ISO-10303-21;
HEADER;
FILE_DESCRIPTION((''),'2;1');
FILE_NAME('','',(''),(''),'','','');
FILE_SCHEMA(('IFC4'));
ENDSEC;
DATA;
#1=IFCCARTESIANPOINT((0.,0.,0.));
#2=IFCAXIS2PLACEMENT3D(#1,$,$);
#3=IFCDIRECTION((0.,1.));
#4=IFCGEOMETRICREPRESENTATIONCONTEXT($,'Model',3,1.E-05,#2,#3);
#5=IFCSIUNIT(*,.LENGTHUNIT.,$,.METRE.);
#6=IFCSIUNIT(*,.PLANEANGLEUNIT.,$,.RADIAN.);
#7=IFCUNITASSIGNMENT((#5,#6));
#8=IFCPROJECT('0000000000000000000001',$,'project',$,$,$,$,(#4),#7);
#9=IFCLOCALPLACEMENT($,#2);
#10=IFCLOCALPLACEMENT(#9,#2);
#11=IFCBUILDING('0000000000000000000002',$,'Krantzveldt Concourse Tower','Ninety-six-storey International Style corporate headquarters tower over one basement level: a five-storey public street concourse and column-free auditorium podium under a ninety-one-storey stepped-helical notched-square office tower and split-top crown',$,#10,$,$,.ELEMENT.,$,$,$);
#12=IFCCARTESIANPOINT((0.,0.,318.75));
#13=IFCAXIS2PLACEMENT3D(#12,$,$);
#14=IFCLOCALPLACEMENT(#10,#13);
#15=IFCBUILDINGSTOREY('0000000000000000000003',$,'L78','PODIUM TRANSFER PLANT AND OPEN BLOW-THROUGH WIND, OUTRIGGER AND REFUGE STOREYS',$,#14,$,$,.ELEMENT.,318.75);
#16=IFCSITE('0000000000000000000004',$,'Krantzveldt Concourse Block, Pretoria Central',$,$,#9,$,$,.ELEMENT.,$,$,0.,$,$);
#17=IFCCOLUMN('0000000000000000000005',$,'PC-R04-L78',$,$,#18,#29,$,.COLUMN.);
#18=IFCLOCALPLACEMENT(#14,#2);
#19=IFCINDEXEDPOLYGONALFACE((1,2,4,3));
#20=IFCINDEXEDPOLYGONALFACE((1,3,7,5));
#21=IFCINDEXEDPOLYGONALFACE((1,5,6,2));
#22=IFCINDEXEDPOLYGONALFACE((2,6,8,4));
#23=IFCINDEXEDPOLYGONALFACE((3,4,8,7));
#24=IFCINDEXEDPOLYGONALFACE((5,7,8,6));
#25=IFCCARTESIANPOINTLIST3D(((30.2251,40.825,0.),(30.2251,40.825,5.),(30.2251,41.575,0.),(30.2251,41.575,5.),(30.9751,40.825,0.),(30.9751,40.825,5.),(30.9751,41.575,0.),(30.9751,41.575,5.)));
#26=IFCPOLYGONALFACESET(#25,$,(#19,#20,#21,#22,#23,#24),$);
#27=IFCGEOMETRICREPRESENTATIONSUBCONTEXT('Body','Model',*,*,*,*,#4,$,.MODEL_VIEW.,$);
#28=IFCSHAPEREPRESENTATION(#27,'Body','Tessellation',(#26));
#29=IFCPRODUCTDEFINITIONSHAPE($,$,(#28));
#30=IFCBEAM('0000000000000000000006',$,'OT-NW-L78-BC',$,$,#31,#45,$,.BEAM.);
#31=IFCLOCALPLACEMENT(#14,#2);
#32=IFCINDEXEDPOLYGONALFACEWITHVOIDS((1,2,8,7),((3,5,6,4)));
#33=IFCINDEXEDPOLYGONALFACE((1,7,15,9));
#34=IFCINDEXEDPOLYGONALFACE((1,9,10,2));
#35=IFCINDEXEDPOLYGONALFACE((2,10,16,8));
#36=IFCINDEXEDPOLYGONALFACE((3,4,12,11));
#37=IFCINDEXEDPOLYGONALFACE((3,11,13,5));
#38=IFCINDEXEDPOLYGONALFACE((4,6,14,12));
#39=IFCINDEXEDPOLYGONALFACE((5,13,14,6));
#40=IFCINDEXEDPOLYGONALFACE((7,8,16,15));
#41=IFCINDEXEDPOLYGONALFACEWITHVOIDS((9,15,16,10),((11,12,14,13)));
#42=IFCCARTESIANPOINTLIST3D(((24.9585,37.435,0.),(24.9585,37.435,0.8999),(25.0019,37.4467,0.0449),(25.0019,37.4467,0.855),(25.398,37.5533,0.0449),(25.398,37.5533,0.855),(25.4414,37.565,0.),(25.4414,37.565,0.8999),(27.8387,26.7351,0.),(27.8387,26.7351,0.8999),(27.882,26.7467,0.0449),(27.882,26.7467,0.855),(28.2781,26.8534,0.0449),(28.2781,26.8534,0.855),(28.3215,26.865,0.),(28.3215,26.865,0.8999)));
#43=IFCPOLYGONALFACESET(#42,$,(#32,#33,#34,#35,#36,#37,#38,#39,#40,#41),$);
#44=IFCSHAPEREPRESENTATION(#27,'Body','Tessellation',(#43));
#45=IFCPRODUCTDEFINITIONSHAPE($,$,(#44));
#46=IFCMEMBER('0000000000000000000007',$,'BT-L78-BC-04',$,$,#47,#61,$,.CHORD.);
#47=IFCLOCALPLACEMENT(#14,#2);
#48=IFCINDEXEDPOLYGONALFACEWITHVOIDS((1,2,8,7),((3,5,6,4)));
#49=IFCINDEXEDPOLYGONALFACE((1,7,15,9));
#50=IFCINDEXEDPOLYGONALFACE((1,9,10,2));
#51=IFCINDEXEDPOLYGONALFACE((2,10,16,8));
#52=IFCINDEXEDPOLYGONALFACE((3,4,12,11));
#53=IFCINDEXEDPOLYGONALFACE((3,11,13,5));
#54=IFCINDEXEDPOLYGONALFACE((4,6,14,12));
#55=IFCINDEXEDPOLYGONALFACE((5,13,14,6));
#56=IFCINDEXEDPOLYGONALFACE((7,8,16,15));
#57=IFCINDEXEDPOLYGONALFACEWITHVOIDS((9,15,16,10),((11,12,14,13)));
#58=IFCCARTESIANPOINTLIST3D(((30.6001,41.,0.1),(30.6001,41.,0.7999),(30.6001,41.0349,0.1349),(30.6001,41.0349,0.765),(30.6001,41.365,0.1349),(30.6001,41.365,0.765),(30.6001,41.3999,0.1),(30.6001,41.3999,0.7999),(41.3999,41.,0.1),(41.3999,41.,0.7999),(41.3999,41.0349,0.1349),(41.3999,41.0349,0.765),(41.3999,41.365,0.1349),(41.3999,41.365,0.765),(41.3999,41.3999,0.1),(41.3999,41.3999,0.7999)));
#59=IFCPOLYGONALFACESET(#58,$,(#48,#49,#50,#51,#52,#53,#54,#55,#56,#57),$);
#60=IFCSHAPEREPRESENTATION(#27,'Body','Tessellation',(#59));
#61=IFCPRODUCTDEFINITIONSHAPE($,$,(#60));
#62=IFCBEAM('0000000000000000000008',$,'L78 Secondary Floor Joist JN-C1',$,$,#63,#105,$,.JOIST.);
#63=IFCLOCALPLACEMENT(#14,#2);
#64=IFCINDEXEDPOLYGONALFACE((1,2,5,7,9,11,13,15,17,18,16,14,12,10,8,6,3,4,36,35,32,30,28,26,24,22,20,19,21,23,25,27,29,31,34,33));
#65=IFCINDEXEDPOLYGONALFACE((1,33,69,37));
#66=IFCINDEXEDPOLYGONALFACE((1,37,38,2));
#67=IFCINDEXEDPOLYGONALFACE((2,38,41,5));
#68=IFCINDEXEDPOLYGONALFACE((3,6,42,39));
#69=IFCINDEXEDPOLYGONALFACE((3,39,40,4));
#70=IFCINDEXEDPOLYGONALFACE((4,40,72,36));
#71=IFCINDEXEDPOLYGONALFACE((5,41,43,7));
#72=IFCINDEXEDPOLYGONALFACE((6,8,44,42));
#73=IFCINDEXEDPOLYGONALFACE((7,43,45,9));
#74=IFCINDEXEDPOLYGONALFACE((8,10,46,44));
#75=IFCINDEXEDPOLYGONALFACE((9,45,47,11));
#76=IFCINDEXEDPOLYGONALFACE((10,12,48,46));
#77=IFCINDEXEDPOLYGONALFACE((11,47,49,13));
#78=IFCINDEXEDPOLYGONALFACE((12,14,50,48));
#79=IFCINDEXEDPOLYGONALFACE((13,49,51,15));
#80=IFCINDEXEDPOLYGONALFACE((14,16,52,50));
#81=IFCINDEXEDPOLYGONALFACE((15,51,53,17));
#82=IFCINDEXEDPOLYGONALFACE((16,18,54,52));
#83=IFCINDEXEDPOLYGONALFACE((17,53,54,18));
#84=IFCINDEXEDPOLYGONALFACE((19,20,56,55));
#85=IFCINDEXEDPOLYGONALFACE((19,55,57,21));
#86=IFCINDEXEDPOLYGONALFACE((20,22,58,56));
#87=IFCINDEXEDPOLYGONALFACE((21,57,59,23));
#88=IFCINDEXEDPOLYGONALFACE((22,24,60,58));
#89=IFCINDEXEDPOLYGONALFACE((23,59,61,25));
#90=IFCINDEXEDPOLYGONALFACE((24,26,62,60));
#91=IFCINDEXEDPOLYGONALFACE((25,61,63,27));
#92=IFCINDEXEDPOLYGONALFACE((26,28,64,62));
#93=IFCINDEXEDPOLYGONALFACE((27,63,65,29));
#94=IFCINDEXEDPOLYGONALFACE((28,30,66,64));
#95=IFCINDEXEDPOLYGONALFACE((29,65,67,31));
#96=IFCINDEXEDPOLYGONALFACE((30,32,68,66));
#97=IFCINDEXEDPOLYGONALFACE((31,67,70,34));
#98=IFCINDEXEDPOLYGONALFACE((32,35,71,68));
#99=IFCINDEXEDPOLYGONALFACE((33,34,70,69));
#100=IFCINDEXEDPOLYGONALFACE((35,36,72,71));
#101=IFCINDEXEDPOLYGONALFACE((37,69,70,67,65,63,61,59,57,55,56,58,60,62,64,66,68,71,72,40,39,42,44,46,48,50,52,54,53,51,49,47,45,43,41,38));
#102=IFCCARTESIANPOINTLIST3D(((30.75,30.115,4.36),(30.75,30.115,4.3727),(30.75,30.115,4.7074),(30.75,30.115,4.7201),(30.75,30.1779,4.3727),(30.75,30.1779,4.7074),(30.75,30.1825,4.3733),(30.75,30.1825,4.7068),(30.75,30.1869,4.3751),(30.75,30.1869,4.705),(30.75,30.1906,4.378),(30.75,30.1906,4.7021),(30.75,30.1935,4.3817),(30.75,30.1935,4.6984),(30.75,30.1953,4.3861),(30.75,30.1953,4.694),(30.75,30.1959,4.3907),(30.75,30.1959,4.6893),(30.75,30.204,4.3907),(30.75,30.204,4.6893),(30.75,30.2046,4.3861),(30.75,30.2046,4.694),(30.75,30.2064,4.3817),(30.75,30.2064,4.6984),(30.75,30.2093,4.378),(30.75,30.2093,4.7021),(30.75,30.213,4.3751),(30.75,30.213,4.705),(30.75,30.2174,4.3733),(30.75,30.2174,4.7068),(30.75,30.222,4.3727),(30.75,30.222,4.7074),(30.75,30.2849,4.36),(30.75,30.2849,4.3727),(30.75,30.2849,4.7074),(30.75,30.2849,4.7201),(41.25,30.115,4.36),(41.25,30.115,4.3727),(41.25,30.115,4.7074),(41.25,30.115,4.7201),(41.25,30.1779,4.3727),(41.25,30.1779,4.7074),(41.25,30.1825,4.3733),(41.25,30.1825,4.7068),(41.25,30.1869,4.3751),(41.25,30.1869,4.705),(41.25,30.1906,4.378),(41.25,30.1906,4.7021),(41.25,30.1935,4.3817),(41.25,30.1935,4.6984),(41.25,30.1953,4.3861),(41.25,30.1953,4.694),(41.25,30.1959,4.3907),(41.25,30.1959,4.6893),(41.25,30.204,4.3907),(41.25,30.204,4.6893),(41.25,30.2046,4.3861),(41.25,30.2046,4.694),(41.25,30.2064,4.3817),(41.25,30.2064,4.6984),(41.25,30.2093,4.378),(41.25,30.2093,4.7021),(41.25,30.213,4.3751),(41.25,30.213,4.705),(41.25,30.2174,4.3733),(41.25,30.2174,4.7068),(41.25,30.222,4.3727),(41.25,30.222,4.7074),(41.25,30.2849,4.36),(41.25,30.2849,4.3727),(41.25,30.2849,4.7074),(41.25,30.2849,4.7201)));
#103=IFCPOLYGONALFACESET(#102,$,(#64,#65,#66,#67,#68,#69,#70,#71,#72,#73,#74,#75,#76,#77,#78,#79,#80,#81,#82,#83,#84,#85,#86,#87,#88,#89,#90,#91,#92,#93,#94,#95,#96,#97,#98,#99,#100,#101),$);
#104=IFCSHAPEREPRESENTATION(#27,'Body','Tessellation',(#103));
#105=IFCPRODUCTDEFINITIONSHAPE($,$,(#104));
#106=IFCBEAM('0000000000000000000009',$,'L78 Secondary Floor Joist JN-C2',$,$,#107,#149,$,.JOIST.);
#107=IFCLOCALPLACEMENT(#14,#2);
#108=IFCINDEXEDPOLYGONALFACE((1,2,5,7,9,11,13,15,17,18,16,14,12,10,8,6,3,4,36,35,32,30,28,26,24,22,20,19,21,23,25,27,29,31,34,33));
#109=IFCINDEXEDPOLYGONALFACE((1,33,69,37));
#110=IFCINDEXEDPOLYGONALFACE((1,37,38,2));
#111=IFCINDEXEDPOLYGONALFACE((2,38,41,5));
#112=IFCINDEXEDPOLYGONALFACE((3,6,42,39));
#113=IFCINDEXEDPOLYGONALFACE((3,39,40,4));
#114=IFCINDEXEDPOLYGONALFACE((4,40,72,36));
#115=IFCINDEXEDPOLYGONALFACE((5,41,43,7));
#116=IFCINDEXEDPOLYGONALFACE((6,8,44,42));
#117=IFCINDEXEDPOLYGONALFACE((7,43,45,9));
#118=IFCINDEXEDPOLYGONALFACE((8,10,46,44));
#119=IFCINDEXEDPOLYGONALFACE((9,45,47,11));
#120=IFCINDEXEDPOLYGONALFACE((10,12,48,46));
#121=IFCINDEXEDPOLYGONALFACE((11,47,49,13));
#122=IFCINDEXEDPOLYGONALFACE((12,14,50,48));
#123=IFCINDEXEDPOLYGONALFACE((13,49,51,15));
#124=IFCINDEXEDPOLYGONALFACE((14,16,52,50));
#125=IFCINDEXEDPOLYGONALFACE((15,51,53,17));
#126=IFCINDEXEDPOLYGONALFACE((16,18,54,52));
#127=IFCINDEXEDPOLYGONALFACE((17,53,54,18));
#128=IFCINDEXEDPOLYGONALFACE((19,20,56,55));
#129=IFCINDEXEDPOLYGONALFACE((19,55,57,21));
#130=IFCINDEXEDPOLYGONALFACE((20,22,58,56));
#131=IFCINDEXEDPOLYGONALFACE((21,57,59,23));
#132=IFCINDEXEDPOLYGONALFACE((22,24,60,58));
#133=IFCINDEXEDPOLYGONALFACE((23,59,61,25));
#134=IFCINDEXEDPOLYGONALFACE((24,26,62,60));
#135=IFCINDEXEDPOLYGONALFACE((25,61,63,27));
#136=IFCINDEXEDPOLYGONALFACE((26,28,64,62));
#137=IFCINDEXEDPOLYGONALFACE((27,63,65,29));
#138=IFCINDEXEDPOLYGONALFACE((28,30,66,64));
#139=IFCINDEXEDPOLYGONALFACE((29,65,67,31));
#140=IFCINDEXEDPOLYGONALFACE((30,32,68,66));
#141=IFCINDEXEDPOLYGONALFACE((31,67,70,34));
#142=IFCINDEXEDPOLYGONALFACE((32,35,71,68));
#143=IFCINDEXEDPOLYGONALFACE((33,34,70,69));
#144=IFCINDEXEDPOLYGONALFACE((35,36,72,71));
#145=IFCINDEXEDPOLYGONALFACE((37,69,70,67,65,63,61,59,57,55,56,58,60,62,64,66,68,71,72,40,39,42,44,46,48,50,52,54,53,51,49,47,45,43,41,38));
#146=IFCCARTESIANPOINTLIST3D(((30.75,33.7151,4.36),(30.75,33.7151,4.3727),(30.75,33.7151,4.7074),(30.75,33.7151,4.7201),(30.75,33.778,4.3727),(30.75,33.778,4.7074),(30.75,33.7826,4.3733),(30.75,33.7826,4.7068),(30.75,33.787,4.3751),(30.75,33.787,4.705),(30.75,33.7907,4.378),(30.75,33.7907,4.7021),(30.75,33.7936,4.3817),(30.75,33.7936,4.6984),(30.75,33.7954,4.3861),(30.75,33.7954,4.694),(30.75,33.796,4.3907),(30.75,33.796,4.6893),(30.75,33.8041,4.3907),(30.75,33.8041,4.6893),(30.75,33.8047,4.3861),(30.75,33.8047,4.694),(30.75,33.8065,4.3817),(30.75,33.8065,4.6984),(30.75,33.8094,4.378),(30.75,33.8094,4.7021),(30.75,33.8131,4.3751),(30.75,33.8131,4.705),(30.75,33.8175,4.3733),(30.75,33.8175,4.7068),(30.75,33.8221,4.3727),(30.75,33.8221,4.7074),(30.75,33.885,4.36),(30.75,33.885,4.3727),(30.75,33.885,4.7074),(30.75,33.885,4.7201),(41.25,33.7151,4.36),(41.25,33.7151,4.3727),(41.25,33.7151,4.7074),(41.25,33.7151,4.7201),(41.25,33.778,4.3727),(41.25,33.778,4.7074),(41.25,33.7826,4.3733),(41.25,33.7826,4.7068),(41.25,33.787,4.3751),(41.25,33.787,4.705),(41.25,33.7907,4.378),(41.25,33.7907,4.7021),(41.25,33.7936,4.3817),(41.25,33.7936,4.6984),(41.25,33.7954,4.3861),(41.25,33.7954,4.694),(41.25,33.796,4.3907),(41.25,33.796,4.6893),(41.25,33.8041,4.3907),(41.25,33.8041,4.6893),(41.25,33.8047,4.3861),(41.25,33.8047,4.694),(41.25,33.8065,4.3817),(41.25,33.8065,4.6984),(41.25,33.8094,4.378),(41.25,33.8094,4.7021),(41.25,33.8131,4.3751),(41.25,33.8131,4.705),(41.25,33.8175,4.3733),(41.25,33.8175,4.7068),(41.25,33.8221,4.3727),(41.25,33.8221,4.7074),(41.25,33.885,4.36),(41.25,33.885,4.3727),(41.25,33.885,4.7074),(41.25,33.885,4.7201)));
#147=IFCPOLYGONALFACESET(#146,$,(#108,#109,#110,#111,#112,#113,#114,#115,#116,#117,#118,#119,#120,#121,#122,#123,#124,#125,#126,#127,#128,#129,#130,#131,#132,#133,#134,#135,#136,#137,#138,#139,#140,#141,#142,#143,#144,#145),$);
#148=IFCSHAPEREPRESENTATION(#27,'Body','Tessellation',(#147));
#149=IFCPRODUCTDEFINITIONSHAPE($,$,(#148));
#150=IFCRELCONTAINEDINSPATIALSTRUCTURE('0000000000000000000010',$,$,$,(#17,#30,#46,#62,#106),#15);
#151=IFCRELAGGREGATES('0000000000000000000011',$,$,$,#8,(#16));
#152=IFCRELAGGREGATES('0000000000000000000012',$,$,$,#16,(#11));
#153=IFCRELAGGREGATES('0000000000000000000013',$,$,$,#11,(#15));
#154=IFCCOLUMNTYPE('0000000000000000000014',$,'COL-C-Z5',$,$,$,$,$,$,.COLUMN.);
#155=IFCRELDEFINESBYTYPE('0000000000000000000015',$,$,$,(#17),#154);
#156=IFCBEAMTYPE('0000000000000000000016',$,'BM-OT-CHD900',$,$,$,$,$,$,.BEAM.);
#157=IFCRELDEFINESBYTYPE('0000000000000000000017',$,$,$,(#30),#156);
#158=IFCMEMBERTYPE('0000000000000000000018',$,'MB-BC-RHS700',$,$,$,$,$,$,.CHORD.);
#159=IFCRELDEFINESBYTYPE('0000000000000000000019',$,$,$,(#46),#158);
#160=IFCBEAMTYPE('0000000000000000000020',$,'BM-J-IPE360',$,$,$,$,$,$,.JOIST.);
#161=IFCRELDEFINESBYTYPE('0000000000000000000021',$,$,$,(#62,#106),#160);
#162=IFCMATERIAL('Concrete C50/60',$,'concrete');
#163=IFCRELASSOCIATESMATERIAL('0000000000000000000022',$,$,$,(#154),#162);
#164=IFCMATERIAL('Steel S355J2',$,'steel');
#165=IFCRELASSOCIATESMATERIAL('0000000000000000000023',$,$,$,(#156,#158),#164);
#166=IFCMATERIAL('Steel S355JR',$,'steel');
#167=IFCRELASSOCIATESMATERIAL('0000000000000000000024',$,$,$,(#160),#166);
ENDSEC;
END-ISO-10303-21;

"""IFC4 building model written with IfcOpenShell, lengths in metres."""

from ifc_helpers import new_model, si_unit, direction, frame, origin, origin_2d, place, context, subcontext, project, spatial, rectangle, hollow_rectangle, i_section, extrude, source, transform, mapped, material, material_profile, profile_set, type_object, type_shapes, element, save


model = new_model("IFC4")

# Units and contexts
model_context = context("Model", 3, precision=1e-05, world=origin(), true_north=direction((0.0, 1.0)))
body_context = subcontext(model_context, "Body", "Model", "MODEL_VIEW")
ifc_project = project(units=[si_unit("LENGTHUNIT", "METRE"), si_unit("PLANEANGLEUNIT", "RADIAN")], contexts=[model_context])

# Site, building, storey
site_placement = place(None, origin())
site = spatial("IfcSite", under=ifc_project, at=site_placement, Name="Krantzveldt Concourse Block, Pretoria Central", CompositionType="ELEMENT", RefElevation=0.0)
building_placement = place(site_placement, origin())
building = spatial("IfcBuilding", under=site, at=building_placement, Name="Krantzveldt Concourse Tower", Description="Ninety-six-storey International Style corporate headquarters tower over one basement level: a five-storey public street concourse and column-free auditorium podium under a ninety-one-storey stepped-helical notched-square office tower and split-top crown", CompositionType="ELEMENT")
storey_placement = place(building_placement, frame((0.0, 0.0, 318.75)))
storey = spatial("IfcBuildingStorey", under=building, at=storey_placement, Name="L78", Description="PODIUM TRANSFER PLANT AND OPEN BLOW-THROUGH WIND, OUTRIGGER AND REFUGE STOREYS", CompositionType="ELEMENT", Elevation=318.75)

# Column
ifc_material_1 = material(Name="Concrete C50/60", Category="concrete")
ifc_material_profile_1 = material_profile(ifc_material_1, rectangle(XDim=0.75, YDim=0.75, at=origin_2d()), Name="Concrete C50/60", Category="concrete")
ifc_profile_set_1 = profile_set([ifc_material_profile_1], Name="Concrete C50/60 - RC 750x750")
column_type = type_object("IfcColumnType", Name="COL-C-Z5", PredefinedType="COLUMN", material=ifc_profile_set_1)
shared_shape_1 = source(origin(), body_context, "Body", "SweptSolid", [
    extrude(rectangle(XDim=0.75, YDim=0.75, at=origin_2d()), origin(), (0.0, 0.0, 1.0), 5.0),
])
type_shapes(column_type, [shared_shape_1])
column_placement = place(storey_placement, frame((30.6001, 41.2, 0.0), z_axis=(0.0, 0.0, 1.0), x_axis=(1.0, 0.0, 0.0)))
element("IfcColumn", 1, at=column_placement, inside=storey, type_object=column_type, Name="PC-R04-L78", PredefinedType="COLUMN", context=body_context, shape_type="MappedRepresentation", body=[
    mapped(shared_shape_1, transform((0.0, 0.0, 0.0), x_axis=(1.0, 0.0, 0.0), y_axis=(0.0, 1.0, 0.0), z_axis=(0.0, 0.0, 1.0), scale=1.0)),
])

# Beam
ifc_material_2 = material(Name="Steel S355J2", Category="steel")
ifc_material_profile_2 = material_profile(ifc_material_2, hollow_rectangle(XDim=0.5, YDim=0.8999, WallThickness=0.0449, at=origin_2d()), Name="Steel S355J2", Category="steel")
ifc_profile_set_2 = profile_set([ifc_material_profile_2], Name="Steel S355J2 - RHS 900x500x45")
beam_type_1 = type_object("IfcBeamType", Name="BM-OT-CHD900", PredefinedType="BEAM", material=ifc_profile_set_2)
shared_shape_2 = source(origin(), body_context, "Body", "SweptSolid", [
    extrude(hollow_rectangle(XDim=0.5, YDim=0.8999, WallThickness=0.0449, at=origin_2d()), origin(), (0.0, 0.0, 1.0), 11.0808),
])
type_shapes(beam_type_1, [shared_shape_2])
beam_1_placement = place(storey_placement, frame((28.0801, 26.8, 0.45), z_axis=(-0.259921, 0.96563, 0.0), x_axis=(-0.96563, -0.259921, 0.0)))
element("IfcBeam", 2, at=beam_1_placement, inside=storey, type_object=beam_type_1, Name="OT-NW-L78-BC", PredefinedType="BEAM", context=body_context, shape_type="MappedRepresentation", body=[
    mapped(shared_shape_2, transform((0.0, 0.0, 0.0), x_axis=(1.0, 0.0, 0.0), y_axis=(0.0, 1.0, 0.0), z_axis=(0.0, 0.0, 1.0), scale=1.0)),
])

# Member
ifc_material_profile_3 = material_profile(ifc_material_2, hollow_rectangle(XDim=0.3999, YDim=0.7, WallThickness=0.0349, at=origin_2d()), Name="Steel S355J2", Category="steel")
ifc_profile_set_3 = profile_set([ifc_material_profile_3], Name="Steel S355J2 - RHS 700x400x35")
member_type_1 = type_object("IfcMemberType", Name="MB-BC-RHS700", PredefinedType="CHORD", material=ifc_profile_set_3)
shared_shape_3 = source(origin(), body_context, "Body", "SweptSolid", [
    extrude(hollow_rectangle(XDim=0.3999, YDim=0.7, WallThickness=0.0349, at=origin_2d()), origin(), (0.0, 0.0, 1.0), 10.7998),
])
type_shapes(member_type_1, [shared_shape_3])
member_1_placement = place(storey_placement, frame((30.6001, 41.2, 0.45), z_axis=(1.0, 0.0, 0.0), x_axis=(0.0, 1.0, 0.0)))
element("IfcMember", 3, at=member_1_placement, inside=storey, type_object=member_type_1, Name="BT-L78-BC-04", PredefinedType="CHORD", context=body_context, shape_type="MappedRepresentation", body=[
    mapped(shared_shape_3, transform((0.0, 0.0, 0.0), x_axis=(1.0, 0.0, 0.0), y_axis=(0.0, 1.0, 0.0), z_axis=(0.0, 0.0, 1.0), scale=1.0)),
])

# Beams
ifc_material_3 = material(Name="Steel S355JR", Category="steel")
ifc_material_profile_4 = material_profile(ifc_material_3, i_section(OverallWidth=0.1699, OverallDepth=0.3601, WebThickness=0.0081, FlangeThickness=0.0127, FilletRadius=0.0181, at=origin_2d()), Name="Steel S355JR", Category="steel")
ifc_profile_set_4 = profile_set([ifc_material_profile_4], Name="Steel S355JR - IPE 360")
beam_type_2 = type_object("IfcBeamType", Name="BM-J-IPE360", PredefinedType="JOIST", material=ifc_profile_set_4)
shared_shape_4 = source(origin(), body_context, "Body", "SweptSolid", [
    extrude(i_section(OverallWidth=0.1699, OverallDepth=0.3601, WebThickness=0.0081, FlangeThickness=0.0127, FilletRadius=0.0181, at=origin_2d()), origin(), (0.0, 0.0, 1.0), 10.5),
])
type_shapes(beam_type_2, [shared_shape_4])
for number, where, z_axis, x_axis, name in (
    (4, (30.75, 30.2, 4.54), (1.0, 0.0, 0.0), (0.0, 1.0, 0.0), "L78 Secondary Floor Joist JN-C1"),
    (5, (30.75, 33.8, 4.54), (1.0, 0.0, 0.0), (0.0, 1.0, 0.0), "L78 Secondary Floor Joist JN-C2"),
):
    element("IfcBeam", number, at=place(storey_placement, frame(where, z_axis=z_axis, x_axis=x_axis)), inside=storey, type_object=beam_type_2, Name=name, PredefinedType="JOIST", context=body_context, shape_type="MappedRepresentation", body=[
        mapped(shared_shape_4, transform((0.0, 0.0, 0.0), x_axis=(1.0, 0.0, 0.0), y_axis=(0.0, 1.0, 0.0), z_axis=(0.0, 0.0, 1.0), scale=1.0)),
    ])

save(model, "model.ifc")
